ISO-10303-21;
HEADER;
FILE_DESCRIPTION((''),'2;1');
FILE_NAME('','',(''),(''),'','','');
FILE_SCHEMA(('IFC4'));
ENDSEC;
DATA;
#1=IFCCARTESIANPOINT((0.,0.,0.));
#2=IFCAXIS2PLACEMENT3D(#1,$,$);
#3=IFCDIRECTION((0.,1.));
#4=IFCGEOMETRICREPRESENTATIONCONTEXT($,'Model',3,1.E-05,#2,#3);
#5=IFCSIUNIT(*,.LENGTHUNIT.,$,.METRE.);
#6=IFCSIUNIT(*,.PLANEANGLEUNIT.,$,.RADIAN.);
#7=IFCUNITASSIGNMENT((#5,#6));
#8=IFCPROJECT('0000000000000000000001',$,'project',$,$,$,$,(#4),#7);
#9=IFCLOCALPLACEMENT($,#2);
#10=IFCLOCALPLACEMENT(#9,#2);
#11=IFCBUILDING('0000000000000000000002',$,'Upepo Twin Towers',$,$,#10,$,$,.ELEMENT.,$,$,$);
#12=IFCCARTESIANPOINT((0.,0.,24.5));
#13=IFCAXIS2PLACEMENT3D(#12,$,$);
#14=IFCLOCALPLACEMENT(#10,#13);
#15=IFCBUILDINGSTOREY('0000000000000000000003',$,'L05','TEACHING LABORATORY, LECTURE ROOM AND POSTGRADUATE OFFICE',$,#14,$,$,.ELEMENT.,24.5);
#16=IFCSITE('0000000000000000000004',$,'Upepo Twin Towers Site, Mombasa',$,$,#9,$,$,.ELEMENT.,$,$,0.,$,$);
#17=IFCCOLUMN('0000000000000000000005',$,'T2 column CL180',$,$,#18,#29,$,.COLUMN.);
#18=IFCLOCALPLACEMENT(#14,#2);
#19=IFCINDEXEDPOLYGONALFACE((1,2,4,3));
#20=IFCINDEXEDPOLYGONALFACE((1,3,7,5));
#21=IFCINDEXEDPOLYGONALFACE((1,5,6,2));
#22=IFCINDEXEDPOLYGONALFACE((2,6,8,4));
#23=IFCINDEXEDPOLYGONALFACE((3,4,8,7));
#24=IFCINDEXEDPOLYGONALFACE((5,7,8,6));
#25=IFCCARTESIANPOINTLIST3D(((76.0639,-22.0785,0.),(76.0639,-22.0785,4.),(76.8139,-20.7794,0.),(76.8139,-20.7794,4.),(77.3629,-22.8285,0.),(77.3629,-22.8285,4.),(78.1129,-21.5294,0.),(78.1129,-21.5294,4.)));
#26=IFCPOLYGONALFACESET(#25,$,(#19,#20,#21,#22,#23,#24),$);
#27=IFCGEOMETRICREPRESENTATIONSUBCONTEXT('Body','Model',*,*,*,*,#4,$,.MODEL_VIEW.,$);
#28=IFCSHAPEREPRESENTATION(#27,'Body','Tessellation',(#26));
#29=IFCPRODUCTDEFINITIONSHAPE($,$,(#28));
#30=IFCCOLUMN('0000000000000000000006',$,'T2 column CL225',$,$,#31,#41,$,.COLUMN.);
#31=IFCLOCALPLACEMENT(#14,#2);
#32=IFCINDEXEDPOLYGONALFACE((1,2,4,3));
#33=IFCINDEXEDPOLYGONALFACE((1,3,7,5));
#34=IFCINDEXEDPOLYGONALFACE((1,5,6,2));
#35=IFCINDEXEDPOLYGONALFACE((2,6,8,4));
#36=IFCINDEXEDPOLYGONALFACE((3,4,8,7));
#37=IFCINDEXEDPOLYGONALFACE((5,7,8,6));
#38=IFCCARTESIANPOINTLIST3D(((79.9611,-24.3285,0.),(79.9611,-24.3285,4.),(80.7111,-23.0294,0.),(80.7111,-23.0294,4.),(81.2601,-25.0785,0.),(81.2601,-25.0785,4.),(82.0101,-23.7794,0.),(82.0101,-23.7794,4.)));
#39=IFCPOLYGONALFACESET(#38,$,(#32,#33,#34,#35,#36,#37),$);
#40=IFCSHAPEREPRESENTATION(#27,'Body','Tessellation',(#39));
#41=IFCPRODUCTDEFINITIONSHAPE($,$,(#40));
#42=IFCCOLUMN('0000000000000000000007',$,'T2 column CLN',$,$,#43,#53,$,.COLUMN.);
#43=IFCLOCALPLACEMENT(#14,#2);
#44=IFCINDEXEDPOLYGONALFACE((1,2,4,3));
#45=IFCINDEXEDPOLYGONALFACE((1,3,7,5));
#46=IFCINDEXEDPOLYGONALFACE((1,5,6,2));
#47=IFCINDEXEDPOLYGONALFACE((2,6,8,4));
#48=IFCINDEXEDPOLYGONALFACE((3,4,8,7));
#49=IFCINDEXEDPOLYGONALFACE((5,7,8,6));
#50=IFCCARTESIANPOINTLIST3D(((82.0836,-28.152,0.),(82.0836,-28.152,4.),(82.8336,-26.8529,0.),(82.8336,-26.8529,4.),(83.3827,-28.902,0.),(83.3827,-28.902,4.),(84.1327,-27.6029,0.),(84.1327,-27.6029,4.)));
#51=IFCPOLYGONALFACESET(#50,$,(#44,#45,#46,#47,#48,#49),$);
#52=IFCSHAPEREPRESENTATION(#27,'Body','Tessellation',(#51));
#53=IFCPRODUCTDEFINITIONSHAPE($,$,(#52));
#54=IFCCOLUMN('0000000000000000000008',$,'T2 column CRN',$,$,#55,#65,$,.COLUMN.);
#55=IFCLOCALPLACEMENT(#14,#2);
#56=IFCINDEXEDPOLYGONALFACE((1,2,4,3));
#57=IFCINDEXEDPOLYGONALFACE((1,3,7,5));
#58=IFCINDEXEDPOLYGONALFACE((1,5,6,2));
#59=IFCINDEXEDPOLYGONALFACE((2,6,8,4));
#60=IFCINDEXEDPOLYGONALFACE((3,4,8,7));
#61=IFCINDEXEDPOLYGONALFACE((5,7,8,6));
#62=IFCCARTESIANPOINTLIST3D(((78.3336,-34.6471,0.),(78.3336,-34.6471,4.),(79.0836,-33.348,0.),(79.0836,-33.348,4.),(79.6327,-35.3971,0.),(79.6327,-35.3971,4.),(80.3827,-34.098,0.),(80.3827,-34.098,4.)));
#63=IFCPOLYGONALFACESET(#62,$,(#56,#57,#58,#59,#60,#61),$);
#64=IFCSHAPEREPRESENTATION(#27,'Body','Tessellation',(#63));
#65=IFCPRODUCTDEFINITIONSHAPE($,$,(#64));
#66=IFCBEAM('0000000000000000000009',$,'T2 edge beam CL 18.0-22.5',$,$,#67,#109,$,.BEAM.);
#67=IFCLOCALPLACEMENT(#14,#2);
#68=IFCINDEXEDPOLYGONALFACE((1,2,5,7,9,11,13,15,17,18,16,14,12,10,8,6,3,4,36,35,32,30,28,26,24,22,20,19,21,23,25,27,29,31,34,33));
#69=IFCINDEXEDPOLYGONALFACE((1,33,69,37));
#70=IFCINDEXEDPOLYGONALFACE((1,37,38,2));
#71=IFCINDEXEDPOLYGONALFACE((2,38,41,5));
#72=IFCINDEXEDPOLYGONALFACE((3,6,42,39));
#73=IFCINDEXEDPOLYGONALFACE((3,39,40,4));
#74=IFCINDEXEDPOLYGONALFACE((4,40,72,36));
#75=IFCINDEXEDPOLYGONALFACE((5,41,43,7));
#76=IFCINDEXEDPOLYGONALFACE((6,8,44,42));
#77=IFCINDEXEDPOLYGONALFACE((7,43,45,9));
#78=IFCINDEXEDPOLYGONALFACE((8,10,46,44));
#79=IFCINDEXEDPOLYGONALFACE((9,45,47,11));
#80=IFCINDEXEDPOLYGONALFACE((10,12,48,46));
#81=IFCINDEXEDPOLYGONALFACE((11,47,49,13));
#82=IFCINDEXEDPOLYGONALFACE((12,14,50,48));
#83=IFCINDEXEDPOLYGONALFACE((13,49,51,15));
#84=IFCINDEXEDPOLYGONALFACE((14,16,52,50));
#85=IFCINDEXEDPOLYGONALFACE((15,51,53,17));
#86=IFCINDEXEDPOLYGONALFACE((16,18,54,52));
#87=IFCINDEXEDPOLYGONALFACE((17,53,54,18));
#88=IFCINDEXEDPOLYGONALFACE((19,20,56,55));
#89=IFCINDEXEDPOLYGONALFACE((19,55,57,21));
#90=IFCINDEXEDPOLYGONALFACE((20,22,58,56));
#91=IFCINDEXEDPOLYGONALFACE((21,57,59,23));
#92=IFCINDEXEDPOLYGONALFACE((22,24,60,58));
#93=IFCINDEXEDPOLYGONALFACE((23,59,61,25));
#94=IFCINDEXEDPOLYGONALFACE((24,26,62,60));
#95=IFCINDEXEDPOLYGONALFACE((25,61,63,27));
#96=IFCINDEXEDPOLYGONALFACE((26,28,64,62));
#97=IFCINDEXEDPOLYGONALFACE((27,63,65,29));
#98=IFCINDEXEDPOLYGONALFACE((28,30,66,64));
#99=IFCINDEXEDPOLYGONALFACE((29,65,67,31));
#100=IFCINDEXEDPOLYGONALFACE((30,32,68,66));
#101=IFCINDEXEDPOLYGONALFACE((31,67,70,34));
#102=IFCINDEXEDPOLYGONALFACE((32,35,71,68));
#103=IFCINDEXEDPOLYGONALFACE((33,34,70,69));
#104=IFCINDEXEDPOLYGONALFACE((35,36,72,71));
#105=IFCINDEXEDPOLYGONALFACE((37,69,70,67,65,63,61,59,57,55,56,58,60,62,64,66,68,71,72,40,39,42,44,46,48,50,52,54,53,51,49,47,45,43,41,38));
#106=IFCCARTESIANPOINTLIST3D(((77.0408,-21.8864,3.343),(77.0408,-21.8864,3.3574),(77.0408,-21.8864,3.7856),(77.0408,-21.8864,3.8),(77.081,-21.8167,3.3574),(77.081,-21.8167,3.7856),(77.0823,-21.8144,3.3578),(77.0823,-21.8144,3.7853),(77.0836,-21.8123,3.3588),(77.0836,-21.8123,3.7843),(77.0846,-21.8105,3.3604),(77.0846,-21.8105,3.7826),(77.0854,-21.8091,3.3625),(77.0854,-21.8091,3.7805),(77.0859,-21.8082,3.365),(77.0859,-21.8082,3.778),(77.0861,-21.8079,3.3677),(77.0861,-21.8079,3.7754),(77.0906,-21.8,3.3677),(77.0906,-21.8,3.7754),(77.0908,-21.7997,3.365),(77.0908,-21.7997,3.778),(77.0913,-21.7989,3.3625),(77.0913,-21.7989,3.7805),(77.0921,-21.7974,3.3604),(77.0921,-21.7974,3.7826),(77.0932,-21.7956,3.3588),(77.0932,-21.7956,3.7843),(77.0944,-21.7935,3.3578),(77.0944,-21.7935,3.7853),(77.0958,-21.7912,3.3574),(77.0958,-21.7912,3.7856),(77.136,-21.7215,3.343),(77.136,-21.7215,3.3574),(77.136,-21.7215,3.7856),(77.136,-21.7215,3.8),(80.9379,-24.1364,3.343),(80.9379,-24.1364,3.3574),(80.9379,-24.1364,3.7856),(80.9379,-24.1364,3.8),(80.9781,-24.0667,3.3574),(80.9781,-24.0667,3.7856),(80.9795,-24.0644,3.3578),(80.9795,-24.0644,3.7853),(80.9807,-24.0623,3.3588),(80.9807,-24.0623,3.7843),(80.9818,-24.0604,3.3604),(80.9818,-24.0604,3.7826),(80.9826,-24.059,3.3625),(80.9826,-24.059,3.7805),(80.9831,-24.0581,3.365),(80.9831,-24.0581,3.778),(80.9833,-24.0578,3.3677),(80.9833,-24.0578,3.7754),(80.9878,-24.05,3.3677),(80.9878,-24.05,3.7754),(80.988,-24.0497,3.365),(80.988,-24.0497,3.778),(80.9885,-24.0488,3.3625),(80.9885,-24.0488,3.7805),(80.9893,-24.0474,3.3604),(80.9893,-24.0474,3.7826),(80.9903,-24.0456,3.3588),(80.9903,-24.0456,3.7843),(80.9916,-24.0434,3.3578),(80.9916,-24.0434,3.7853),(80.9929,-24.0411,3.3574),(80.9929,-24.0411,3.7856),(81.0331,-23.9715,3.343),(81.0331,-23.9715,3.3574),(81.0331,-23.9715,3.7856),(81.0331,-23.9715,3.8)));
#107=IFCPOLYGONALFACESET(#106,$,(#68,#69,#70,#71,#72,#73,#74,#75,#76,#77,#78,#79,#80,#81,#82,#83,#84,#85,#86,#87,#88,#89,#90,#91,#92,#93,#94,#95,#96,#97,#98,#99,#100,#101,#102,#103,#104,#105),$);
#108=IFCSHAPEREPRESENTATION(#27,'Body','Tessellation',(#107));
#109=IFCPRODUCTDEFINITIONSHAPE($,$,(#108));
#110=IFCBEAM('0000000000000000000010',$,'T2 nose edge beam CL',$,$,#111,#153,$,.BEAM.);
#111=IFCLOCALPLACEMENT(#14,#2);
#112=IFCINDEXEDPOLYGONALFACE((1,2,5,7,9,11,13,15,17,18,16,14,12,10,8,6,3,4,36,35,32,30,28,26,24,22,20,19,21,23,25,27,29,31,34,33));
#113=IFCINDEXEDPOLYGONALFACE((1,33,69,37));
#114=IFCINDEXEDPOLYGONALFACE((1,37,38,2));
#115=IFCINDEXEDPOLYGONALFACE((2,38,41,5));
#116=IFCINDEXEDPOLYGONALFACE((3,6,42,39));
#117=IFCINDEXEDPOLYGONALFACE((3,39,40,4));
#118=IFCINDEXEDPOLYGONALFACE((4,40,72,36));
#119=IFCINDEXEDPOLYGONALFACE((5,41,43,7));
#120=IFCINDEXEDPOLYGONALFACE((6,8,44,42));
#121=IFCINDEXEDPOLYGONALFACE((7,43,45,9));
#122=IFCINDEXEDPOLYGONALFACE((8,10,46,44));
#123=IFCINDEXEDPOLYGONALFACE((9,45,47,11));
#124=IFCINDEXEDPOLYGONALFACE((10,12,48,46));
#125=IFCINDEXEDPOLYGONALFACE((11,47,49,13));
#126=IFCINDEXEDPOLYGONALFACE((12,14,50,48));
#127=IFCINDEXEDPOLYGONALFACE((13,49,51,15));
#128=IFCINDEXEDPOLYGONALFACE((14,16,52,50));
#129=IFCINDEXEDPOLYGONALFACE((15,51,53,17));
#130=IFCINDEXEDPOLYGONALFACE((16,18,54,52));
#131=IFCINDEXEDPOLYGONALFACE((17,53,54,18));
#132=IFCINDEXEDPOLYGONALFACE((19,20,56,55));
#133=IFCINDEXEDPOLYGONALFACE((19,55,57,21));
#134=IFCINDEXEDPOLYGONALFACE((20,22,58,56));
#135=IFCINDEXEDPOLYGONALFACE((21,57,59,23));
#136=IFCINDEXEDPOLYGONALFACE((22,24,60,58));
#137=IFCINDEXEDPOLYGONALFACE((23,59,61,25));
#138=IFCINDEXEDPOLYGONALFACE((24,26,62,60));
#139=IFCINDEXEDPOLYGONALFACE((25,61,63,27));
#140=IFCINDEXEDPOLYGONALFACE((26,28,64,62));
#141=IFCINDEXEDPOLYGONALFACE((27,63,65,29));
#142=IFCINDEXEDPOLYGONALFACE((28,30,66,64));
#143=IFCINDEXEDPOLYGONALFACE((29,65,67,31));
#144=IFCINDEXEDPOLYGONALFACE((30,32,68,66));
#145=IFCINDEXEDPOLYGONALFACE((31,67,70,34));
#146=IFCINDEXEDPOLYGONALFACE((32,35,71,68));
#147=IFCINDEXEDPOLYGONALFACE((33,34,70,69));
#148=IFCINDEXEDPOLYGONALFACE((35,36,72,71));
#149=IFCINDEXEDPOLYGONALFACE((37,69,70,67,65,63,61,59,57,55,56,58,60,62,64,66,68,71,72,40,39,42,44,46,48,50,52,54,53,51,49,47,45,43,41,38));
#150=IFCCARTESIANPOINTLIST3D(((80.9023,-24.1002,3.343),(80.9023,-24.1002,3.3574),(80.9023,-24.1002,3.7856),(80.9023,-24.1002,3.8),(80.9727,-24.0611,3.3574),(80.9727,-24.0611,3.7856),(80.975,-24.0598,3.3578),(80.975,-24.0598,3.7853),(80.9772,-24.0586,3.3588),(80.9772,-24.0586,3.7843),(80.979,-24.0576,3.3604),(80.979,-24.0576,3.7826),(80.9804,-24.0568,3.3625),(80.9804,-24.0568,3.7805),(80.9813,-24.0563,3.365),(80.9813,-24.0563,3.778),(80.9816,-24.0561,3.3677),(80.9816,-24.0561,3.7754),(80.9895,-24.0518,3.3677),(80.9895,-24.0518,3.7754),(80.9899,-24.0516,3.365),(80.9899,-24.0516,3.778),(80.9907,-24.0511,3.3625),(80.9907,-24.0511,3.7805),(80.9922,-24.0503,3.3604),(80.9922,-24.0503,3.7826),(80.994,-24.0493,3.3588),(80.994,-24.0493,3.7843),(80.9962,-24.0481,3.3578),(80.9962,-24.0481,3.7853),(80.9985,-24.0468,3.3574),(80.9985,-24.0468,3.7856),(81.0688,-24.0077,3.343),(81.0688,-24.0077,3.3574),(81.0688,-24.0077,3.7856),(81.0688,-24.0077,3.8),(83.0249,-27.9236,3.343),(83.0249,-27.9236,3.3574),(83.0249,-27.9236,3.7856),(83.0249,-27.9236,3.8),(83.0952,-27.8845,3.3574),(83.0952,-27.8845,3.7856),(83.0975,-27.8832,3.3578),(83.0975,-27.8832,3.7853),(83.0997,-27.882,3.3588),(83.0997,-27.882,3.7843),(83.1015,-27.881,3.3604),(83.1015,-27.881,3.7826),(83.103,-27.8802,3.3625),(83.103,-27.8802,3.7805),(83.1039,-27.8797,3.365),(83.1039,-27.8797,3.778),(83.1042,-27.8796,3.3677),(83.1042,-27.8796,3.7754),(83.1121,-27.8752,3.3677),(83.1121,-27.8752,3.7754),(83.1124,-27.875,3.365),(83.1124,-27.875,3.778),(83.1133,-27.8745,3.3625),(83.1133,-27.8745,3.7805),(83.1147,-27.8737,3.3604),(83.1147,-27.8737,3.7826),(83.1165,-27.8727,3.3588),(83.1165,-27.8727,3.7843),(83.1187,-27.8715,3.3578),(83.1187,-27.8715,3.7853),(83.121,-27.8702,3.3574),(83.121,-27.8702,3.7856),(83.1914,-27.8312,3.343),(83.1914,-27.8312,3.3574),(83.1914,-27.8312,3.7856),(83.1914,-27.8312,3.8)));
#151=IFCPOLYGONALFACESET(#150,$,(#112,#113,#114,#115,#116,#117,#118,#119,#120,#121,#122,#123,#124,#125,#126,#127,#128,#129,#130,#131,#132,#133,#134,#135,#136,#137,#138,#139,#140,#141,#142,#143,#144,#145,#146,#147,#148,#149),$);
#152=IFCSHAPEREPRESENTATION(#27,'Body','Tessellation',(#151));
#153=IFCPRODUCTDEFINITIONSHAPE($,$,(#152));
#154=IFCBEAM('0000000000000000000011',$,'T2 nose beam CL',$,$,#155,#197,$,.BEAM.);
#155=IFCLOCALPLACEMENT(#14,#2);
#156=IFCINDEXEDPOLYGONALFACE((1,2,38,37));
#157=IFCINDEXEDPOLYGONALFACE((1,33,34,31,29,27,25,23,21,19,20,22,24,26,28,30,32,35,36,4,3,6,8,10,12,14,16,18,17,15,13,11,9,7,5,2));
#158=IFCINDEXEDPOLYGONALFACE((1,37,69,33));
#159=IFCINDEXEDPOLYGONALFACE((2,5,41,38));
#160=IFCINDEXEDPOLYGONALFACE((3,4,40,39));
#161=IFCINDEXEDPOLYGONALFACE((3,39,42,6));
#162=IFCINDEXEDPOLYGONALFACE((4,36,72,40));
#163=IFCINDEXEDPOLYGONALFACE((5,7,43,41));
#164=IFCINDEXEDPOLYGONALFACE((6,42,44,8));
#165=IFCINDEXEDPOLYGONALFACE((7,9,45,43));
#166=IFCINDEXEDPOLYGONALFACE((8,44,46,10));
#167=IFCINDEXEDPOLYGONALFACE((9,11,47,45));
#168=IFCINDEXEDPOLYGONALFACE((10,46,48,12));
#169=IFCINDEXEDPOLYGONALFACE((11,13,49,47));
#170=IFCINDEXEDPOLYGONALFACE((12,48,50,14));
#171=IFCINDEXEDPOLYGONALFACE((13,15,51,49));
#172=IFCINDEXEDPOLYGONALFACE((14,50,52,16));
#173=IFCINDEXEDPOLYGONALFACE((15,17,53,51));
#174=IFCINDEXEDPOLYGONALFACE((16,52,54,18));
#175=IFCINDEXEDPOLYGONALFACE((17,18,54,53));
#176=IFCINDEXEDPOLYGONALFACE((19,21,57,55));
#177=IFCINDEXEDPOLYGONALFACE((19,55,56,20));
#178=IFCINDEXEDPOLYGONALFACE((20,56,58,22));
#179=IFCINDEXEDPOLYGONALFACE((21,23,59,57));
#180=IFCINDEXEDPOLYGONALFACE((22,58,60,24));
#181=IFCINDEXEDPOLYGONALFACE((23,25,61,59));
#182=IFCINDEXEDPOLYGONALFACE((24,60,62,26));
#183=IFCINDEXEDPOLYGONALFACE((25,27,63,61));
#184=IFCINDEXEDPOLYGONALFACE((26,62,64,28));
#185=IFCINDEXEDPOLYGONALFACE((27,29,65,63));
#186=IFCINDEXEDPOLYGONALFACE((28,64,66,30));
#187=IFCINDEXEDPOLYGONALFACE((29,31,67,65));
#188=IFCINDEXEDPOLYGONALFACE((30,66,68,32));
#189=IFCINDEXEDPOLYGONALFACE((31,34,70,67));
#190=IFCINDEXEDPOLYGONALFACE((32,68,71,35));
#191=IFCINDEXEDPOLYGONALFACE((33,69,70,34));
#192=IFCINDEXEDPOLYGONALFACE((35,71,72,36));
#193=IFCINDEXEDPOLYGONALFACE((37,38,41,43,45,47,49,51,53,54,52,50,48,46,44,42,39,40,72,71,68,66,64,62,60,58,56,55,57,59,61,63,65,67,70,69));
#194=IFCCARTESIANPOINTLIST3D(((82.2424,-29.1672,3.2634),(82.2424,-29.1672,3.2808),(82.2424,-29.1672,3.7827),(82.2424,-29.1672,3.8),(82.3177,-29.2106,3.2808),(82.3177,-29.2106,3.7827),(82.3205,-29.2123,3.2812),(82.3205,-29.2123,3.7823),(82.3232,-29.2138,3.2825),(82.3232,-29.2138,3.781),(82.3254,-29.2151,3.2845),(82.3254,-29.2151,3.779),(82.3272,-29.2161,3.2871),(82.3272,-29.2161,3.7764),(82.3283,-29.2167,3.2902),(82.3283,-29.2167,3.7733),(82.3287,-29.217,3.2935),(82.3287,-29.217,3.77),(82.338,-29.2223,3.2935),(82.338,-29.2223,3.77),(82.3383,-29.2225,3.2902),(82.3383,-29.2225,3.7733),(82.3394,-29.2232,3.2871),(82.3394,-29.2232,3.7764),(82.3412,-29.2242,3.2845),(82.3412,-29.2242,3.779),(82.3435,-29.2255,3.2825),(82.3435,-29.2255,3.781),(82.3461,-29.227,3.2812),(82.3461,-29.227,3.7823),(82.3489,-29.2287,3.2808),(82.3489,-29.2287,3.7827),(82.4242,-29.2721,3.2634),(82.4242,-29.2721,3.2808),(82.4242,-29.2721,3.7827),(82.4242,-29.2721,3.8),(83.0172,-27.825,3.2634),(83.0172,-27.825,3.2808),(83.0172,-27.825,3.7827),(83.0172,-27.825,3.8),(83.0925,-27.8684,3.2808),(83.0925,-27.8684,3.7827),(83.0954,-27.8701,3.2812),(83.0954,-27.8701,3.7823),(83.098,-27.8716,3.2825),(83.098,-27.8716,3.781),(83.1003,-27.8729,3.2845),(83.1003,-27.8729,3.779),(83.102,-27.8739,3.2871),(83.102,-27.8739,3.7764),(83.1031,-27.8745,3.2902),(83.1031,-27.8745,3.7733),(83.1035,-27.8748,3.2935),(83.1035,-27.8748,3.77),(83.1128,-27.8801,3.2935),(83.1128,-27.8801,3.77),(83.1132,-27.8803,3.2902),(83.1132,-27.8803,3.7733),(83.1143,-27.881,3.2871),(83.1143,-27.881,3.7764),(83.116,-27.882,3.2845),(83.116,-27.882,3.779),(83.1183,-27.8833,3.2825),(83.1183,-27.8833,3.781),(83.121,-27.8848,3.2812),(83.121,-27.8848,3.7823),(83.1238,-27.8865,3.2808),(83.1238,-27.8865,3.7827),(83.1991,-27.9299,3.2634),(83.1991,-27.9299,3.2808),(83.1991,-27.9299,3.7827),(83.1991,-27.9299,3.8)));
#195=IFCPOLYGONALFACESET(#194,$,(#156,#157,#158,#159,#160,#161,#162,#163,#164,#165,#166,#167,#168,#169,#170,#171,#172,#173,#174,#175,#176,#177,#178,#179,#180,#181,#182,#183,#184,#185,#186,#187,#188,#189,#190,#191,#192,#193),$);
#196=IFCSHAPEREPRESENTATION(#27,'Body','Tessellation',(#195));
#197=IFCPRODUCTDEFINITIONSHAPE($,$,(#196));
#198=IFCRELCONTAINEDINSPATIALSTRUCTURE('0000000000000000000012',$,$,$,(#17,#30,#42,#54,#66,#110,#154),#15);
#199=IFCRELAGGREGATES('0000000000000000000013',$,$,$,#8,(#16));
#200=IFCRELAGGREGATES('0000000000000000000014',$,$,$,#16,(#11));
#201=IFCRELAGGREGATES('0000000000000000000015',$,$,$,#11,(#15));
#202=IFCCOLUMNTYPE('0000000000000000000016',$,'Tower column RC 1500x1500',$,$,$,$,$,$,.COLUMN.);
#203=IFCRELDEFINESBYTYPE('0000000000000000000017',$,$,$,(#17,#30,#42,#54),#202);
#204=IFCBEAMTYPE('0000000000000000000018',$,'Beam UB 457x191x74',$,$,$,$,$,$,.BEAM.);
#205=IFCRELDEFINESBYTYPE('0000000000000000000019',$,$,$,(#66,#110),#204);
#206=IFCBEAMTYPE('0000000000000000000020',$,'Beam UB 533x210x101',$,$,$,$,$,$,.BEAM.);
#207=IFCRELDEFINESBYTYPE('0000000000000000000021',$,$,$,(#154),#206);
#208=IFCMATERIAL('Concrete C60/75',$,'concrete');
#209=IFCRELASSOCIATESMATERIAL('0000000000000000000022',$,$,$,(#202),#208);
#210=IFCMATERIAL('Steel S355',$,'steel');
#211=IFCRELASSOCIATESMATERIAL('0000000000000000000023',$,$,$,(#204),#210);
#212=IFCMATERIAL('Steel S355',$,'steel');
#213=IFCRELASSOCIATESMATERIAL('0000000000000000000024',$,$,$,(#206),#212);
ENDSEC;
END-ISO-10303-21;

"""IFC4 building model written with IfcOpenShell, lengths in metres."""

from ifc_helpers import new_model, si_unit, direction, frame, origin, origin_2d, place, context, subcontext, project, spatial, rectangle, i_section, extrude, material, material_profile, profile_set, type_object, element, save


model = new_model("IFC4")

# Units and contexts
model_context = context("Model", 3, precision=1e-05, world=origin(), true_north=direction((0.0, 1.0)))
body_context = subcontext(model_context, "Body", "Model", "MODEL_VIEW")
ifc_project = project(units=[si_unit("LENGTHUNIT", "METRE"), si_unit("PLANEANGLEUNIT", "RADIAN")], contexts=[model_context])

# Site, building, storey
site_placement = place(None, origin())
site = spatial("IfcSite", under=ifc_project, at=site_placement, Name="Upepo Twin Towers Site, Mombasa", CompositionType="ELEMENT", RefElevation=0.0)
building_placement = place(site_placement, origin())
building = spatial("IfcBuilding", under=site, at=building_placement, Name="Upepo Twin Towers", CompositionType="ELEMENT")
storey_placement = place(building_placement, frame((0.0, 0.0, 24.5)))
storey = spatial("IfcBuildingStorey", under=building, at=storey_placement, Name="L05", Description="TEACHING LABORATORY, LECTURE ROOM AND POSTGRADUATE OFFICE", CompositionType="ELEMENT", Elevation=24.5)

# Columns
ifc_material_1 = material(Name="Concrete C60/75", Category="concrete")
ifc_material_profile_1 = material_profile(ifc_material_1, rectangle(XDim=1.5, YDim=1.5, at=origin_2d()), Name="RC 1500x1500")
ifc_profile_set_1 = profile_set([ifc_material_profile_1], Name="Concrete C60/75")
column_type = type_object("IfcColumnType", Name="Tower column RC 1500x1500", PredefinedType="COLUMN", material=ifc_profile_set_1)
for number, where, z_axis, x_axis, name in (
    (1, (77.0884, -21.804, 0.0), (0.0, 0.0, 1.0), (0.5, 0.866025, 0.0), "T2 column CL180"),
    (2, (80.9856, -24.054, 0.0), (0.0, 0.0, 1.0), (0.5, 0.866025, 0.0), "T2 column CL225"),
    (3, (83.1082, -27.8774, 0.0), (0.0, 0.0, 1.0), (0.5, 0.866025, 0.0), "T2 column CLN"),
    (4, (79.3582, -34.3726, 0.0), (0.0, 0.0, 1.0), (0.5, 0.866025, 0.0), "T2 column CRN"),
):
    element("IfcColumn", number, at=place(storey_placement, frame(where, z_axis=z_axis, x_axis=x_axis)), inside=storey, type_object=column_type, Name=name, PredefinedType="COLUMN", context=body_context, shape_type="SweptSolid", body=[
        extrude(rectangle(XDim=1.5, YDim=1.5, at=origin_2d()), origin(), (0.0, 0.0, 1.0), 4.0),
    ])

# Beams
ifc_material_2 = material(Name="Steel S355", Category="steel")
ifc_material_profile_2 = material_profile(ifc_material_2, i_section(OverallWidth=0.1904, OverallDepth=0.457, WebThickness=0.009, FlangeThickness=0.0144, FilletRadius=0.0103, at=origin_2d()), Name="UB 457x191x74")
ifc_profile_set_2 = profile_set([ifc_material_profile_2], Name="Steel S355")
beam_type_1 = type_object("IfcBeamType", Name="Beam UB 457x191x74", PredefinedType="BEAM", material=ifc_profile_set_2)
beam_1_placement = place(storey_placement, frame((77.0884, -21.804, 3.5715), z_axis=(0.866031, -0.49999, 0.0), x_axis=(0.49999, 0.866031, 0.0)))
element("IfcBeam", 5, at=beam_1_placement, inside=storey, type_object=beam_type_1, Name="T2 edge beam CL 18.0-22.5", PredefinedType="BEAM", context=body_context, shape_type="SweptSolid", body=[
    extrude(i_section(OverallWidth=0.1904, OverallDepth=0.457, WebThickness=0.009, FlangeThickness=0.0144, FilletRadius=0.0103, at=origin_2d()), origin(), (0.0, 0.0, 1.0), 4.5),
])
beam_2_placement = place(storey_placement, frame((80.9856, -24.054, 3.5715), z_axis=(0.485363, -0.874313, 0.0), x_axis=(0.874313, 0.485363, 0.0)))
element("IfcBeam", 6, at=beam_2_placement, inside=storey, type_object=beam_type_1, Name="T2 nose edge beam CL", PredefinedType="BEAM", context=body_context, shape_type="SweptSolid", body=[
    extrude(i_section(OverallWidth=0.1904, OverallDepth=0.457, WebThickness=0.009, FlangeThickness=0.0144, FilletRadius=0.0103, at=origin_2d()), origin(), (0.0, 0.0, 1.0), 4.373),
])
ifc_material_3 = material(Name="Steel S355", Category="steel")
ifc_material_profile_3 = material_profile(ifc_material_3, i_section(OverallWidth=0.21, OverallDepth=0.5366, WebThickness=0.0107, FlangeThickness=0.0173, FilletRadius=0.0127, at=origin_2d()), Name="UB 533x210x101")
ifc_profile_set_3 = profile_set([ifc_material_profile_3], Name="Steel S355")
beam_type_2 = type_object("IfcBeamType", Name="Beam UB 533x210x101", PredefinedType="BEAM", material=ifc_profile_set_3)
for number, where, z_axis, x_axis, name in (
    (7, (83.1082, -27.8774, 3.5317), (-0.499968, -0.866044, 0.0), (0.866044, -0.499968, 0.0), "T2 nose beam CL"),
):
    element("IfcBeam", number, at=place(storey_placement, frame(where, z_axis=z_axis, x_axis=x_axis)), inside=storey, type_object=beam_type_2, Name=name, PredefinedType="BEAM", context=body_context, shape_type="SweptSolid", body=[
        extrude(i_section(OverallWidth=0.21, OverallDepth=0.5366, WebThickness=0.0107, FlangeThickness=0.0173, FilletRadius=0.0127, at=origin_2d()), origin(), (0.0, 0.0, 1.0), 1.5498),
    ])

save(model, "model.ifc")
